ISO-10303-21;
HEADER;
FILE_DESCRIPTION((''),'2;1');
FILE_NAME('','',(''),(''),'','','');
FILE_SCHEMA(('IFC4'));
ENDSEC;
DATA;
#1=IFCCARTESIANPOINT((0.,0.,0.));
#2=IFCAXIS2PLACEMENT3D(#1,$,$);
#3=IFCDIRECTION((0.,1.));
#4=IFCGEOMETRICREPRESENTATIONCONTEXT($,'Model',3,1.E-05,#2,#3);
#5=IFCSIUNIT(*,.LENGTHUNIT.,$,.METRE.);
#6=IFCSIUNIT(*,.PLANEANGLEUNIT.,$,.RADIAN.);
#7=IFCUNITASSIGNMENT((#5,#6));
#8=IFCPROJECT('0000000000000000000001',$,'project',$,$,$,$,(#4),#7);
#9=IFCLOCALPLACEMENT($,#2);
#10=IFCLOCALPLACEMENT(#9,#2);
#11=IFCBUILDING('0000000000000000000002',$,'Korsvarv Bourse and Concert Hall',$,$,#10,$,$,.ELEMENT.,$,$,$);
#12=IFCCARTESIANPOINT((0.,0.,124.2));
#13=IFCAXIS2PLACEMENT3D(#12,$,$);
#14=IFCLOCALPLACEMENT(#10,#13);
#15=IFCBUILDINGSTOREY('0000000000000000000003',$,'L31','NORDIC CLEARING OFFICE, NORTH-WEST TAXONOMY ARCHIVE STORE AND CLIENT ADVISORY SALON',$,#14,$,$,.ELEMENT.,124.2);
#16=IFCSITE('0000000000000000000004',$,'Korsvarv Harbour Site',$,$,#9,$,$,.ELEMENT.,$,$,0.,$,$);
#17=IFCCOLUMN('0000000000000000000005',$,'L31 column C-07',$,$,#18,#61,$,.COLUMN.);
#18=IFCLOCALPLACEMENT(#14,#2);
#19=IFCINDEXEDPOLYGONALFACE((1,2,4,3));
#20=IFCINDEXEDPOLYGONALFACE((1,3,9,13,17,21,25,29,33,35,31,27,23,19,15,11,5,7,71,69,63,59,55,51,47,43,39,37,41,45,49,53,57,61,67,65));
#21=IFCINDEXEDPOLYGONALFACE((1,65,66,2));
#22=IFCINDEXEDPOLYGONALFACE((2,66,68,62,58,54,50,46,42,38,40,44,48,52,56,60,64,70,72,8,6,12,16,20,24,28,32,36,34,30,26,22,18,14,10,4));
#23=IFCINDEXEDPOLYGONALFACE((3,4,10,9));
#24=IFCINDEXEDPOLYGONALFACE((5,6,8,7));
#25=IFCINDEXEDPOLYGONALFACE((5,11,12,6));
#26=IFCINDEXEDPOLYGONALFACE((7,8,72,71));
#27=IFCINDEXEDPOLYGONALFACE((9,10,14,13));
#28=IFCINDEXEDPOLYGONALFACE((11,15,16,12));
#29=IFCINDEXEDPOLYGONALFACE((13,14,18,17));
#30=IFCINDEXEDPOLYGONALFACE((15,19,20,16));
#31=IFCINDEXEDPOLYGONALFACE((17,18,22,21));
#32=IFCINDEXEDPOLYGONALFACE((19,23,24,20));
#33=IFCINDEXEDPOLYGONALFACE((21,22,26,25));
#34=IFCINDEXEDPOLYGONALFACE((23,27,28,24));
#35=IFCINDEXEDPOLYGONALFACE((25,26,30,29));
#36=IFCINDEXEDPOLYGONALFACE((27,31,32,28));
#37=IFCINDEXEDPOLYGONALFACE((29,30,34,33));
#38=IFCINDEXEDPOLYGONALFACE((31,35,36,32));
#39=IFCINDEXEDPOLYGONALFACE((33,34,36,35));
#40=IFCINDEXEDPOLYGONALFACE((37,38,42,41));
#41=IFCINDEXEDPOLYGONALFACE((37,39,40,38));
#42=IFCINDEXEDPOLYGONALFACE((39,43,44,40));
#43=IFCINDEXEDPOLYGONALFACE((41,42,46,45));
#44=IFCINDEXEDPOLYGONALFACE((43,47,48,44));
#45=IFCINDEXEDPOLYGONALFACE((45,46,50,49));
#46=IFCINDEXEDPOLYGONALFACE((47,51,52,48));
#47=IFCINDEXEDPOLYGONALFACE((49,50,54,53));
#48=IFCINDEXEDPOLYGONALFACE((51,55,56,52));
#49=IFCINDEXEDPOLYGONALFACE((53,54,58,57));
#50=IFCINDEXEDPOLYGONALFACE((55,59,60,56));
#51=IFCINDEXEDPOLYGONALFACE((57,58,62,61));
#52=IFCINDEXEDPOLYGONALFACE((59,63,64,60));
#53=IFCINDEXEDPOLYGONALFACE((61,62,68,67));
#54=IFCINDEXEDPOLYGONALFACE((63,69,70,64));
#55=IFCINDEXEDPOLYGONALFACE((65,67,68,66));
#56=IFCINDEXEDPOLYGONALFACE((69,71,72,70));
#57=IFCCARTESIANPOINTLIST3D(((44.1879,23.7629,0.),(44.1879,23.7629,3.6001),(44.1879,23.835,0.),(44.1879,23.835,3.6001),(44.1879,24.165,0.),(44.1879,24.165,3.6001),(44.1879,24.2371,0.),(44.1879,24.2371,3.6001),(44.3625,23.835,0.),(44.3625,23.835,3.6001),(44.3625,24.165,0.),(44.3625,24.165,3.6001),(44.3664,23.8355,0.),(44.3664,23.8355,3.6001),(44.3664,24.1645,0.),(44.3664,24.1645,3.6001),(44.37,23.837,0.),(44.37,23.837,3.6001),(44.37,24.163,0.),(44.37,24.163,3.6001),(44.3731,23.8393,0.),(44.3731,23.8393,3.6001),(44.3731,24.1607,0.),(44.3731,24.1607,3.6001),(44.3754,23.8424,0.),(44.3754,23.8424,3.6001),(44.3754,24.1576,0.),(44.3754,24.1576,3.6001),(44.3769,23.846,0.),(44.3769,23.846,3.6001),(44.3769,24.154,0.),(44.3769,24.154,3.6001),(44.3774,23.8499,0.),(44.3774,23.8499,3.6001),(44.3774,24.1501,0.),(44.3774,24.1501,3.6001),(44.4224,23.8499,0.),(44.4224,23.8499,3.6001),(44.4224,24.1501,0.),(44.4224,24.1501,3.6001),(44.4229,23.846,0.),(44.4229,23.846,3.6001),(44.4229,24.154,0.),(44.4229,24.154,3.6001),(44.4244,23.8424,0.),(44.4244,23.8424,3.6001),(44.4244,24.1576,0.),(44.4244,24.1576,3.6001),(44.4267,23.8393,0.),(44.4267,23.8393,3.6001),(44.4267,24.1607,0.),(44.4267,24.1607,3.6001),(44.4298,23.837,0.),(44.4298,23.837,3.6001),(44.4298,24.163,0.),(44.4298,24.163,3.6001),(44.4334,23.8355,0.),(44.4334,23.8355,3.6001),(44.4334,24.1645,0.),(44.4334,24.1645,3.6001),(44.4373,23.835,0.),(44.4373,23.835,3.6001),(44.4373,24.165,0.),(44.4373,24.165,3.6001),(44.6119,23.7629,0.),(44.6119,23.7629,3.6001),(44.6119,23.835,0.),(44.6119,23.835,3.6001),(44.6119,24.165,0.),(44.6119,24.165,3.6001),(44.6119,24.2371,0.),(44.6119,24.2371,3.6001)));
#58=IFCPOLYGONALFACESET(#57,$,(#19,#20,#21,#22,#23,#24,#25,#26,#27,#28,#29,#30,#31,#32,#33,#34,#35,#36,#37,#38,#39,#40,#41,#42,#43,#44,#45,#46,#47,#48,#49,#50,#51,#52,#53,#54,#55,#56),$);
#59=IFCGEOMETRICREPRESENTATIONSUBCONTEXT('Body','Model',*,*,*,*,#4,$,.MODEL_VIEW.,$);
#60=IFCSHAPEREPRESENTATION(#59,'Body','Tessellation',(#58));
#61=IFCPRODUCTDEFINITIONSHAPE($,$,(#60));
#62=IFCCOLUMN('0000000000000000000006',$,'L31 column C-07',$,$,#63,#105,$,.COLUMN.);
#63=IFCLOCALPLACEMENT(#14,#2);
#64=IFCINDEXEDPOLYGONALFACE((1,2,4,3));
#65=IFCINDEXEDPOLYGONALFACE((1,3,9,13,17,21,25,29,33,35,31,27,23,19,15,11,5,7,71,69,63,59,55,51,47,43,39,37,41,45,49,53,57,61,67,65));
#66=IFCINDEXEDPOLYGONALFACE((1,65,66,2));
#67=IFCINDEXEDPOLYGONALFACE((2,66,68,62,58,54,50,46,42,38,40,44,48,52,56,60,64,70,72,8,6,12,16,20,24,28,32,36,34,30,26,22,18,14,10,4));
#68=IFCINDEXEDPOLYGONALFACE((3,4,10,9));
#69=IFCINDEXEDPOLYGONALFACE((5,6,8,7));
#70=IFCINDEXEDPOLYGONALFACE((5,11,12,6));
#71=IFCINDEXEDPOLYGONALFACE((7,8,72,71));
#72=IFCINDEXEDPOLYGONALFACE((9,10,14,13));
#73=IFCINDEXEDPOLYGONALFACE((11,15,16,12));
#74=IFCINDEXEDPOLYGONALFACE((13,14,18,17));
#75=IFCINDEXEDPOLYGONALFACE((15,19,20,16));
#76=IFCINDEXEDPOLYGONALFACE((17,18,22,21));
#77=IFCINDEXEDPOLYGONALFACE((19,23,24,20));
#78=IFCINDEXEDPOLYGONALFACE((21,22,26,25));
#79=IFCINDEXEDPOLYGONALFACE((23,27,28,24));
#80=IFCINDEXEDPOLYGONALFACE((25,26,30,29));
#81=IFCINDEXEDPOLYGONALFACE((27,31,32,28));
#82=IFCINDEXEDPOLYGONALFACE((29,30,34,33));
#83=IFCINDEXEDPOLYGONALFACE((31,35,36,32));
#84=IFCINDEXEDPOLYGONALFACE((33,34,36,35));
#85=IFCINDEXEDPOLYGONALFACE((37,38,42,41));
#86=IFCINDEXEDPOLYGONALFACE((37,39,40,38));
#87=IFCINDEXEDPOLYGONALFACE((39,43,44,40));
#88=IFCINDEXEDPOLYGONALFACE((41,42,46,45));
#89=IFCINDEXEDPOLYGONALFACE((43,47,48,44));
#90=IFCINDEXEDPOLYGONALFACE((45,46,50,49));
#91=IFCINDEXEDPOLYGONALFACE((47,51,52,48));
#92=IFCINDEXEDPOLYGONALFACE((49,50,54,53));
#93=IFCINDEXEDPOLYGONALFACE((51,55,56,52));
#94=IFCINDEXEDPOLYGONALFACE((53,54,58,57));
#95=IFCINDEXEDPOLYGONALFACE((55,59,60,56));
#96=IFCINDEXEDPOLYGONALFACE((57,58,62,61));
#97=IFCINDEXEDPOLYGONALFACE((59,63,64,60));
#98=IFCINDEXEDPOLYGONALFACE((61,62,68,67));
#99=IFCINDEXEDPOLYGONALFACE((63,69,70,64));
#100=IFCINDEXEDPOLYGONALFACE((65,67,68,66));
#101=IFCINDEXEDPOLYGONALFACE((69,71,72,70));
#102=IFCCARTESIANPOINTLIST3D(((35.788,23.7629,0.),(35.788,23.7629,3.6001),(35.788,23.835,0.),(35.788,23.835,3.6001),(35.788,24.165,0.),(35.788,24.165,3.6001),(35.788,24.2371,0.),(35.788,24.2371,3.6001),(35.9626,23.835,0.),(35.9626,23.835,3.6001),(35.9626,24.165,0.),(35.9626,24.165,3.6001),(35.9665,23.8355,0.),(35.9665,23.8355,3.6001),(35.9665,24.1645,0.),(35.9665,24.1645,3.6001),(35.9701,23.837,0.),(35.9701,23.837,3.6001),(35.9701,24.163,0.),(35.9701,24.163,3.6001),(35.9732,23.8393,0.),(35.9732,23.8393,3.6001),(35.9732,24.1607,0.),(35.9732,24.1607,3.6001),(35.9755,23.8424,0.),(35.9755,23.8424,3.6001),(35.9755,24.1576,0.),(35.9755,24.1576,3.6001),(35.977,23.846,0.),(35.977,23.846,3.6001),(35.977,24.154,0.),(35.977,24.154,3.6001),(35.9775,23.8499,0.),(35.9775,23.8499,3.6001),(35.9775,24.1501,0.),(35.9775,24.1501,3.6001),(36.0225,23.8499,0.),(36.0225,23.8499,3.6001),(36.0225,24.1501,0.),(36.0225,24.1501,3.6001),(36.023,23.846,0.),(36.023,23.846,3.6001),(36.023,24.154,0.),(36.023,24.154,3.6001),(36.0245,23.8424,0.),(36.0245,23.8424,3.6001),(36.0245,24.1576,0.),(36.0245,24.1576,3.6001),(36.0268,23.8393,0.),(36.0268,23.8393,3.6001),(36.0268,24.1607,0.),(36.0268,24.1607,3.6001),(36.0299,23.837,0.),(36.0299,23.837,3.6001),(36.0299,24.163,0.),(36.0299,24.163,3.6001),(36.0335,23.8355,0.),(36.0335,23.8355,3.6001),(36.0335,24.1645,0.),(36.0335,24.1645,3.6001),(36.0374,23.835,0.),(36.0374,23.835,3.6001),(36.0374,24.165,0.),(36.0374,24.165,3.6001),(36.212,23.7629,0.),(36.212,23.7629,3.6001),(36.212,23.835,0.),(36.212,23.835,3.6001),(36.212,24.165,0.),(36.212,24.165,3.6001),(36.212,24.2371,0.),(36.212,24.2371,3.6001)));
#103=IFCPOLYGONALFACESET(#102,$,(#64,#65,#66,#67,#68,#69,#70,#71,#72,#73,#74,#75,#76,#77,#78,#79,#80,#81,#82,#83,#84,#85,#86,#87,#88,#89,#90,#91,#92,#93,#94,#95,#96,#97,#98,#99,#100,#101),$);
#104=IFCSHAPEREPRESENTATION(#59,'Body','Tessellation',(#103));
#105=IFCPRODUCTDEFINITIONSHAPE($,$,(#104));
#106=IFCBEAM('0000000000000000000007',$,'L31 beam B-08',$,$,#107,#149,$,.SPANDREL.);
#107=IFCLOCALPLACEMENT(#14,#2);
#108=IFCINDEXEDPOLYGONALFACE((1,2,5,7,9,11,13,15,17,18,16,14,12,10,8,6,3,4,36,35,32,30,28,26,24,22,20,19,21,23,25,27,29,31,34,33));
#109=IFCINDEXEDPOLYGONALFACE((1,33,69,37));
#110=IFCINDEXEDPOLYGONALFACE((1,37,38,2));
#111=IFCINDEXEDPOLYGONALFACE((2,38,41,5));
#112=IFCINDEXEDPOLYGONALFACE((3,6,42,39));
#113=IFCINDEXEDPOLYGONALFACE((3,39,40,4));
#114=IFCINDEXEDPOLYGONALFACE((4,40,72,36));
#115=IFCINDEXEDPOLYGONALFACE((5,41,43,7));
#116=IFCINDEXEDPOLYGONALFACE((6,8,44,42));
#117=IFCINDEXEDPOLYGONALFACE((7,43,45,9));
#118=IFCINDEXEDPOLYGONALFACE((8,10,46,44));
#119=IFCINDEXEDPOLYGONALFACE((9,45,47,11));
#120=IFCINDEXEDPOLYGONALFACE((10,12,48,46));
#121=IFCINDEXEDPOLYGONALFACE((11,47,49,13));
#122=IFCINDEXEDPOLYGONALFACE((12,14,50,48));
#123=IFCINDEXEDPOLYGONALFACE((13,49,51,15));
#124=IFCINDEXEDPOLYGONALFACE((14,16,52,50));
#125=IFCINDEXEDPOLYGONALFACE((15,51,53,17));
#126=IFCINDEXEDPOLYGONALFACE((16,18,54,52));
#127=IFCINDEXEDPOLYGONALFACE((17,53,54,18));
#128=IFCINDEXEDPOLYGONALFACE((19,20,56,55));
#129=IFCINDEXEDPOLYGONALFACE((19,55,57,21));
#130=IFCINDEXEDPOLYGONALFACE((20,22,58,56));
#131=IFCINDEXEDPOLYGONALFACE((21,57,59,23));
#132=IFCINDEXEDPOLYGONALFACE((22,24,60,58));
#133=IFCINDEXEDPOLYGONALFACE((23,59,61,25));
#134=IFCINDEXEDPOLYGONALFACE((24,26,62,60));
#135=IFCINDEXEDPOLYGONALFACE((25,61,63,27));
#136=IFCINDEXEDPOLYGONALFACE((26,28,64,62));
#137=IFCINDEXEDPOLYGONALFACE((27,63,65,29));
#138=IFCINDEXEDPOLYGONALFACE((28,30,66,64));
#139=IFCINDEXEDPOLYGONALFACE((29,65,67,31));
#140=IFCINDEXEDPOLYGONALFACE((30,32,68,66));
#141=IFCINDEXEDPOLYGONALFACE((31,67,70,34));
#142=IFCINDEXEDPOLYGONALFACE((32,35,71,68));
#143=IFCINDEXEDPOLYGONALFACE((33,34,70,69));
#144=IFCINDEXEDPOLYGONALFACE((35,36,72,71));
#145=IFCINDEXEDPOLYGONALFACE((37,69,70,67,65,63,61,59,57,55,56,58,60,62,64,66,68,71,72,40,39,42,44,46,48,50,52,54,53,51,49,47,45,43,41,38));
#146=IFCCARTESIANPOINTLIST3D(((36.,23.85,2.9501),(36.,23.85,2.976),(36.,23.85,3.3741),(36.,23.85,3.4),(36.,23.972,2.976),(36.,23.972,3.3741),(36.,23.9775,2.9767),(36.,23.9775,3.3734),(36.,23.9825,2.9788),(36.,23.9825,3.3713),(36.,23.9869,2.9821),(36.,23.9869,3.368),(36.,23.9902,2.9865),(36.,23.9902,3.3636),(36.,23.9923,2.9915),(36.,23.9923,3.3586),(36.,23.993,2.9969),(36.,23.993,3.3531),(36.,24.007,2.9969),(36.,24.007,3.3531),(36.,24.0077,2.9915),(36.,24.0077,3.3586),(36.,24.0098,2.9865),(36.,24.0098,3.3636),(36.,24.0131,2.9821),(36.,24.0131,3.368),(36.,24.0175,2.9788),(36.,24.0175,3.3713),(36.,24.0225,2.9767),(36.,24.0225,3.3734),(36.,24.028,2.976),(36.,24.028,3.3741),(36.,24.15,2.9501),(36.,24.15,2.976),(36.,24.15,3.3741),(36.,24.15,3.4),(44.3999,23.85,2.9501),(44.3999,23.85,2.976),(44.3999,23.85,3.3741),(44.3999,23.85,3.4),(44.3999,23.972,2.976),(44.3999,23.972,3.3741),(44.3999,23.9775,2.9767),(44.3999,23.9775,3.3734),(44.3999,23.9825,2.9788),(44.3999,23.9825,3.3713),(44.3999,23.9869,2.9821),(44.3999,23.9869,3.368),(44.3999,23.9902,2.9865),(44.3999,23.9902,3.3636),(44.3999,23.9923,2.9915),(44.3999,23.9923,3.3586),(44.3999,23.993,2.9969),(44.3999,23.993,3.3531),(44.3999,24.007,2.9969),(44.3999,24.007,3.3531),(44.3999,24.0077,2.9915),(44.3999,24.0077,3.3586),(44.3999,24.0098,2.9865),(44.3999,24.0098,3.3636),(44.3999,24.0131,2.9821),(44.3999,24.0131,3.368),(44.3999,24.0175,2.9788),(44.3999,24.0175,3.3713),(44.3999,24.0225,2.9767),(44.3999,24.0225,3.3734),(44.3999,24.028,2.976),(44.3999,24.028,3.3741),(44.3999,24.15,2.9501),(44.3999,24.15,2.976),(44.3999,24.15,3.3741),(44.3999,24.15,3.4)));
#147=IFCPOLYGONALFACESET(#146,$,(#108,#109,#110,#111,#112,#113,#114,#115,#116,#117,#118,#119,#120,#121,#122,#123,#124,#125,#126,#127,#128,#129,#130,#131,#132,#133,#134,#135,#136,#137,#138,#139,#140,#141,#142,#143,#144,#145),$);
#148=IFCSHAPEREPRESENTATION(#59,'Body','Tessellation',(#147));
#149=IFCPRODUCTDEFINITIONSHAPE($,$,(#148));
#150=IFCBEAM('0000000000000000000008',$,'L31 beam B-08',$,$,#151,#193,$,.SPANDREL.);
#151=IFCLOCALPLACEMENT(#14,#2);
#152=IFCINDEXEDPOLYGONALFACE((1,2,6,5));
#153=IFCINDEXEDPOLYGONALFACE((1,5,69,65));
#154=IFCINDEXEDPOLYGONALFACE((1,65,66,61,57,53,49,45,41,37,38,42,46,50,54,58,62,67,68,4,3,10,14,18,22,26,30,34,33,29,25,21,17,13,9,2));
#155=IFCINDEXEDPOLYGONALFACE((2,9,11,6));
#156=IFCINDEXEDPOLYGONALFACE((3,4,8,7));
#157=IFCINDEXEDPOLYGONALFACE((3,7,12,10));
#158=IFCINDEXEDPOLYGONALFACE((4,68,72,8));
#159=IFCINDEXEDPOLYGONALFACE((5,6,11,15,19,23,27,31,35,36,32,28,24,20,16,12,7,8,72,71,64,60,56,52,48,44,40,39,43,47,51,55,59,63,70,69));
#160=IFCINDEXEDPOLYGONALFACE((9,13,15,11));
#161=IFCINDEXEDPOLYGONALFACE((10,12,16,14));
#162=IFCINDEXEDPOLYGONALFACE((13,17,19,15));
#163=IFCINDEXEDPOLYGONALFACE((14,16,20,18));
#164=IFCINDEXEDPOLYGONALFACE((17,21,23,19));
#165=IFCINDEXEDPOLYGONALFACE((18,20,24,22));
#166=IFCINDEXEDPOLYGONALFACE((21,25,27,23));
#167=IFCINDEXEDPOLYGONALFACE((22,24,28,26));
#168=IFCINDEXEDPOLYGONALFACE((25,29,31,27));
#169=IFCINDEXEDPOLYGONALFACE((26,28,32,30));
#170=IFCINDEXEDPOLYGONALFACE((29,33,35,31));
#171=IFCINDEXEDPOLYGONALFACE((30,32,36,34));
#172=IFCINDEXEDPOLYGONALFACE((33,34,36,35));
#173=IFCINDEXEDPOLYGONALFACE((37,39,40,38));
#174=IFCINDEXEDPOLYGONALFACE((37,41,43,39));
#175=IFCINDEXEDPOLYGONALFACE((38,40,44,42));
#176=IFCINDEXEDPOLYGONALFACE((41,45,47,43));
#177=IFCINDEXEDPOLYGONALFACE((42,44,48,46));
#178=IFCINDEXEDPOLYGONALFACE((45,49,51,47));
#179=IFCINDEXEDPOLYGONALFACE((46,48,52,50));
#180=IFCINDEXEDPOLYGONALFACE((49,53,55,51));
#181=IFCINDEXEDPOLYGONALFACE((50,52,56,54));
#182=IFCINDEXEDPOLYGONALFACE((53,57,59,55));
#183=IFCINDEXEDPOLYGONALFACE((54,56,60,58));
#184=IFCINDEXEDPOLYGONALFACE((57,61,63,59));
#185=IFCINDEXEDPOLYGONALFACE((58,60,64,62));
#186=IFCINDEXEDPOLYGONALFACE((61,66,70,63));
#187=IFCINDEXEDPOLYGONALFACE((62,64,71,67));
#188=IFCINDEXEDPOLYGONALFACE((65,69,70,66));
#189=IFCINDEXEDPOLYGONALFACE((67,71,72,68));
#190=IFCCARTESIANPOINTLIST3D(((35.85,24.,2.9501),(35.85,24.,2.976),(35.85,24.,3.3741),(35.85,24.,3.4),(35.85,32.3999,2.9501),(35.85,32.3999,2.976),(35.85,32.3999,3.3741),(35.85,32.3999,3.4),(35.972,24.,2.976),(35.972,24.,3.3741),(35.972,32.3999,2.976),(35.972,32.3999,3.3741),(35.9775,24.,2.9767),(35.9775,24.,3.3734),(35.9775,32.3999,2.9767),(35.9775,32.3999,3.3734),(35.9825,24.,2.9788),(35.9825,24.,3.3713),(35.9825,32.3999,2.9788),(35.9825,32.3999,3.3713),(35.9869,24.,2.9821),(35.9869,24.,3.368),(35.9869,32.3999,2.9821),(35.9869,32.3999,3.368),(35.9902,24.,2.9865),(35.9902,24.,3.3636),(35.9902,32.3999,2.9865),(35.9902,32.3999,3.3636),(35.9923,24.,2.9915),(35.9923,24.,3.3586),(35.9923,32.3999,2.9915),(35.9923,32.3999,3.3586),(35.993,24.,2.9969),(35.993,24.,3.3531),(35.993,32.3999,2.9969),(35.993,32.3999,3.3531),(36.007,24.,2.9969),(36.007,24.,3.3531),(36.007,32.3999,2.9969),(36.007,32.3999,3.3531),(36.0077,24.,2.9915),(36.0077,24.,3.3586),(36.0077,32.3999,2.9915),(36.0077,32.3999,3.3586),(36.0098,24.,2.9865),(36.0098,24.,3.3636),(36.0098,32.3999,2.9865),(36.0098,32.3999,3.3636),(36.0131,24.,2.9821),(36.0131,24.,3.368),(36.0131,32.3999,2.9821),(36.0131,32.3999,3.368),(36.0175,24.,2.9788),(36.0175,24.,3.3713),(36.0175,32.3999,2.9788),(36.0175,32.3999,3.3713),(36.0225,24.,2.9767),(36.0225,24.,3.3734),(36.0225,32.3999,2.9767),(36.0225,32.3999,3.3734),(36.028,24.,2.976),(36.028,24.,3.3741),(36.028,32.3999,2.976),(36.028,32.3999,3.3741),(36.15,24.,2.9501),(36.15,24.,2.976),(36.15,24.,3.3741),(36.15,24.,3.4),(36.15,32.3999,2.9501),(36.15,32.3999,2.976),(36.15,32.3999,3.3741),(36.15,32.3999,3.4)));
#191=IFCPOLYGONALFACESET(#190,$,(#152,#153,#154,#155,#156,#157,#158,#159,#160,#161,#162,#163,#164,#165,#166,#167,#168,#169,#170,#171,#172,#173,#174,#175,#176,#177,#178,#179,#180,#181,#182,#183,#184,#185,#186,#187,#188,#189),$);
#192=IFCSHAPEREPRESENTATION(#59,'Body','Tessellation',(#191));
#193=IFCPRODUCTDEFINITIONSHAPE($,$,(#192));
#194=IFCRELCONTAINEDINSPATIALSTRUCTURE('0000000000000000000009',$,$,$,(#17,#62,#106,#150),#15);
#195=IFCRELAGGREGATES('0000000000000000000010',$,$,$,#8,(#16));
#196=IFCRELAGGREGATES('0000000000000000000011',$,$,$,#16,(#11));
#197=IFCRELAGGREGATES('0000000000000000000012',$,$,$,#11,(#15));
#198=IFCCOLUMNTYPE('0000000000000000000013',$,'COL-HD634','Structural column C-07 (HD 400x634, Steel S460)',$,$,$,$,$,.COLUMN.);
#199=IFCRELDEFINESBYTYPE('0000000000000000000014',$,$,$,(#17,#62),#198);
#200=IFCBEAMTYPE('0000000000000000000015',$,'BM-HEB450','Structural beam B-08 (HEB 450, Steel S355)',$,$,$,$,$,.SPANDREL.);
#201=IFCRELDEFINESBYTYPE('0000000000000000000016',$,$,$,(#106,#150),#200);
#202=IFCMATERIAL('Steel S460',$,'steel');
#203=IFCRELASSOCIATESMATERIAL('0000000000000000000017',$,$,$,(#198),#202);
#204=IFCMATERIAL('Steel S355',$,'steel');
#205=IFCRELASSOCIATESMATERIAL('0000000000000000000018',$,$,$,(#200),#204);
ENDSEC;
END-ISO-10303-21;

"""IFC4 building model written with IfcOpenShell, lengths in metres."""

from ifc_helpers import new_model, si_unit, direction, frame, origin, origin_2d, place, context, subcontext, project, spatial, i_section, extrude, source, transform, mapped, material, material_profile, profile_set, type_object, element, save


model = new_model("IFC4")

# Units and contexts
model_context = context("Model", 3, precision=1e-05, world=origin(), true_north=direction((0.0, 1.0)))
body_context = subcontext(model_context, "Body", "Model", "MODEL_VIEW")
ifc_project = project(units=[si_unit("LENGTHUNIT", "METRE"), si_unit("PLANEANGLEUNIT", "RADIAN")], contexts=[model_context])

# Site, building, storey
site_placement = place(None, origin())
site = spatial("IfcSite", under=ifc_project, at=site_placement, Name="Korsvarv Harbour Site", CompositionType="ELEMENT", RefElevation=0.0)
building_placement = place(site_placement, origin())
building = spatial("IfcBuilding", under=site, at=building_placement, Name="Korsvarv Bourse and Concert Hall", CompositionType="ELEMENT")
storey_placement = place(building_placement, frame((0.0, 0.0, 124.2)))
storey = spatial("IfcBuildingStorey", under=building, at=storey_placement, Name="L31", Description="NORDIC CLEARING OFFICE, NORTH-WEST TAXONOMY ARCHIVE STORE AND CLIENT ADVISORY SALON", CompositionType="ELEMENT", Elevation=124.2)

# Columns
ifc_material_1 = material(Name="Steel S460", Category="steel")
ifc_material_profile_1 = material_profile(ifc_material_1, i_section(OverallWidth=0.4241, OverallDepth=0.4741, WebThickness=0.0449, FlangeThickness=0.072, FilletRadius=0.0149, at=origin_2d()), Name="HD 400x634")
ifc_profile_set_1 = profile_set([ifc_material_profile_1], Name="Steel S460")
column_type = type_object("IfcColumnType", Name="COL-HD634", Description="Structural column C-07 (HD 400x634, Steel S460)", PredefinedType="COLUMN", material=ifc_profile_set_1)
shared_shape_1 = source(origin(), body_context, "Body", "SweptSolid", [
    extrude(i_section(OverallWidth=0.4241, OverallDepth=0.4741, WebThickness=0.0449, FlangeThickness=0.072, FilletRadius=0.0149, at=origin_2d()), origin(), (0.0, 0.0, 1.0), 3.6001),
])
for number, where, z_axis, x_axis, name in (
    (1, (44.3999, 24.0, 0.0), (0.0, 0.0, 1.0), (1.0, 0.0, 0.0), "L31 column C-07"),
    (2, (36.0, 24.0, 0.0), (0.0, 0.0, 1.0), (1.0, 0.0, 0.0), "L31 column C-07"),
):
    element("IfcColumn", number, at=place(storey_placement, frame(where, z_axis=z_axis, x_axis=x_axis)), inside=storey, type_object=column_type, Name=name, PredefinedType="COLUMN", context=body_context, shape_type="MappedRepresentation", body=[
        mapped(shared_shape_1, transform((0.0, 0.0, 0.0), scale=1.0)),
    ])

# Beams
ifc_material_2 = material(Name="Steel S355", Category="steel")
ifc_material_profile_2 = material_profile(ifc_material_2, i_section(OverallWidth=0.3, OverallDepth=0.45, WebThickness=0.0139, FlangeThickness=0.0259, FilletRadius=0.021, at=origin_2d()), Name="HEB 450")
ifc_profile_set_2 = profile_set([ifc_material_profile_2], Name="Steel S355")
beam_type = type_object("IfcBeamType", Name="BM-HEB450", Description="Structural beam B-08 (HEB 450, Steel S355)", PredefinedType="SPANDREL", material=ifc_profile_set_2)
shared_shape_2 = source(origin(), body_context, "Body", "SweptSolid", [
    extrude(i_section(OverallWidth=0.3, OverallDepth=0.45, WebThickness=0.0139, FlangeThickness=0.0259, FilletRadius=0.021, at=origin_2d()), origin(), (0.0, 0.0, 1.0), 8.3999),
])
for number, where, z_axis, x_axis, name in (
    (3, (36.0, 24.0, 3.175), (1.0, 0.0, 0.0), (0.0, 1.0, 0.0), "L31 beam B-08"),
    (4, (36.0, 24.0, 3.175), (0.0, 1.0, 0.0), (-1.0, 0.0, 0.0), "L31 beam B-08"),
):
    element("IfcBeam", number, at=place(storey_placement, frame(where, z_axis=z_axis, x_axis=x_axis)), inside=storey, type_object=beam_type, Name=name, PredefinedType="SPANDREL", context=body_context, shape_type="MappedRepresentation", body=[
        mapped(shared_shape_2, transform((0.0, 0.0, 0.0), scale=1.0)),
    ])

save(model, "model.ifc")
